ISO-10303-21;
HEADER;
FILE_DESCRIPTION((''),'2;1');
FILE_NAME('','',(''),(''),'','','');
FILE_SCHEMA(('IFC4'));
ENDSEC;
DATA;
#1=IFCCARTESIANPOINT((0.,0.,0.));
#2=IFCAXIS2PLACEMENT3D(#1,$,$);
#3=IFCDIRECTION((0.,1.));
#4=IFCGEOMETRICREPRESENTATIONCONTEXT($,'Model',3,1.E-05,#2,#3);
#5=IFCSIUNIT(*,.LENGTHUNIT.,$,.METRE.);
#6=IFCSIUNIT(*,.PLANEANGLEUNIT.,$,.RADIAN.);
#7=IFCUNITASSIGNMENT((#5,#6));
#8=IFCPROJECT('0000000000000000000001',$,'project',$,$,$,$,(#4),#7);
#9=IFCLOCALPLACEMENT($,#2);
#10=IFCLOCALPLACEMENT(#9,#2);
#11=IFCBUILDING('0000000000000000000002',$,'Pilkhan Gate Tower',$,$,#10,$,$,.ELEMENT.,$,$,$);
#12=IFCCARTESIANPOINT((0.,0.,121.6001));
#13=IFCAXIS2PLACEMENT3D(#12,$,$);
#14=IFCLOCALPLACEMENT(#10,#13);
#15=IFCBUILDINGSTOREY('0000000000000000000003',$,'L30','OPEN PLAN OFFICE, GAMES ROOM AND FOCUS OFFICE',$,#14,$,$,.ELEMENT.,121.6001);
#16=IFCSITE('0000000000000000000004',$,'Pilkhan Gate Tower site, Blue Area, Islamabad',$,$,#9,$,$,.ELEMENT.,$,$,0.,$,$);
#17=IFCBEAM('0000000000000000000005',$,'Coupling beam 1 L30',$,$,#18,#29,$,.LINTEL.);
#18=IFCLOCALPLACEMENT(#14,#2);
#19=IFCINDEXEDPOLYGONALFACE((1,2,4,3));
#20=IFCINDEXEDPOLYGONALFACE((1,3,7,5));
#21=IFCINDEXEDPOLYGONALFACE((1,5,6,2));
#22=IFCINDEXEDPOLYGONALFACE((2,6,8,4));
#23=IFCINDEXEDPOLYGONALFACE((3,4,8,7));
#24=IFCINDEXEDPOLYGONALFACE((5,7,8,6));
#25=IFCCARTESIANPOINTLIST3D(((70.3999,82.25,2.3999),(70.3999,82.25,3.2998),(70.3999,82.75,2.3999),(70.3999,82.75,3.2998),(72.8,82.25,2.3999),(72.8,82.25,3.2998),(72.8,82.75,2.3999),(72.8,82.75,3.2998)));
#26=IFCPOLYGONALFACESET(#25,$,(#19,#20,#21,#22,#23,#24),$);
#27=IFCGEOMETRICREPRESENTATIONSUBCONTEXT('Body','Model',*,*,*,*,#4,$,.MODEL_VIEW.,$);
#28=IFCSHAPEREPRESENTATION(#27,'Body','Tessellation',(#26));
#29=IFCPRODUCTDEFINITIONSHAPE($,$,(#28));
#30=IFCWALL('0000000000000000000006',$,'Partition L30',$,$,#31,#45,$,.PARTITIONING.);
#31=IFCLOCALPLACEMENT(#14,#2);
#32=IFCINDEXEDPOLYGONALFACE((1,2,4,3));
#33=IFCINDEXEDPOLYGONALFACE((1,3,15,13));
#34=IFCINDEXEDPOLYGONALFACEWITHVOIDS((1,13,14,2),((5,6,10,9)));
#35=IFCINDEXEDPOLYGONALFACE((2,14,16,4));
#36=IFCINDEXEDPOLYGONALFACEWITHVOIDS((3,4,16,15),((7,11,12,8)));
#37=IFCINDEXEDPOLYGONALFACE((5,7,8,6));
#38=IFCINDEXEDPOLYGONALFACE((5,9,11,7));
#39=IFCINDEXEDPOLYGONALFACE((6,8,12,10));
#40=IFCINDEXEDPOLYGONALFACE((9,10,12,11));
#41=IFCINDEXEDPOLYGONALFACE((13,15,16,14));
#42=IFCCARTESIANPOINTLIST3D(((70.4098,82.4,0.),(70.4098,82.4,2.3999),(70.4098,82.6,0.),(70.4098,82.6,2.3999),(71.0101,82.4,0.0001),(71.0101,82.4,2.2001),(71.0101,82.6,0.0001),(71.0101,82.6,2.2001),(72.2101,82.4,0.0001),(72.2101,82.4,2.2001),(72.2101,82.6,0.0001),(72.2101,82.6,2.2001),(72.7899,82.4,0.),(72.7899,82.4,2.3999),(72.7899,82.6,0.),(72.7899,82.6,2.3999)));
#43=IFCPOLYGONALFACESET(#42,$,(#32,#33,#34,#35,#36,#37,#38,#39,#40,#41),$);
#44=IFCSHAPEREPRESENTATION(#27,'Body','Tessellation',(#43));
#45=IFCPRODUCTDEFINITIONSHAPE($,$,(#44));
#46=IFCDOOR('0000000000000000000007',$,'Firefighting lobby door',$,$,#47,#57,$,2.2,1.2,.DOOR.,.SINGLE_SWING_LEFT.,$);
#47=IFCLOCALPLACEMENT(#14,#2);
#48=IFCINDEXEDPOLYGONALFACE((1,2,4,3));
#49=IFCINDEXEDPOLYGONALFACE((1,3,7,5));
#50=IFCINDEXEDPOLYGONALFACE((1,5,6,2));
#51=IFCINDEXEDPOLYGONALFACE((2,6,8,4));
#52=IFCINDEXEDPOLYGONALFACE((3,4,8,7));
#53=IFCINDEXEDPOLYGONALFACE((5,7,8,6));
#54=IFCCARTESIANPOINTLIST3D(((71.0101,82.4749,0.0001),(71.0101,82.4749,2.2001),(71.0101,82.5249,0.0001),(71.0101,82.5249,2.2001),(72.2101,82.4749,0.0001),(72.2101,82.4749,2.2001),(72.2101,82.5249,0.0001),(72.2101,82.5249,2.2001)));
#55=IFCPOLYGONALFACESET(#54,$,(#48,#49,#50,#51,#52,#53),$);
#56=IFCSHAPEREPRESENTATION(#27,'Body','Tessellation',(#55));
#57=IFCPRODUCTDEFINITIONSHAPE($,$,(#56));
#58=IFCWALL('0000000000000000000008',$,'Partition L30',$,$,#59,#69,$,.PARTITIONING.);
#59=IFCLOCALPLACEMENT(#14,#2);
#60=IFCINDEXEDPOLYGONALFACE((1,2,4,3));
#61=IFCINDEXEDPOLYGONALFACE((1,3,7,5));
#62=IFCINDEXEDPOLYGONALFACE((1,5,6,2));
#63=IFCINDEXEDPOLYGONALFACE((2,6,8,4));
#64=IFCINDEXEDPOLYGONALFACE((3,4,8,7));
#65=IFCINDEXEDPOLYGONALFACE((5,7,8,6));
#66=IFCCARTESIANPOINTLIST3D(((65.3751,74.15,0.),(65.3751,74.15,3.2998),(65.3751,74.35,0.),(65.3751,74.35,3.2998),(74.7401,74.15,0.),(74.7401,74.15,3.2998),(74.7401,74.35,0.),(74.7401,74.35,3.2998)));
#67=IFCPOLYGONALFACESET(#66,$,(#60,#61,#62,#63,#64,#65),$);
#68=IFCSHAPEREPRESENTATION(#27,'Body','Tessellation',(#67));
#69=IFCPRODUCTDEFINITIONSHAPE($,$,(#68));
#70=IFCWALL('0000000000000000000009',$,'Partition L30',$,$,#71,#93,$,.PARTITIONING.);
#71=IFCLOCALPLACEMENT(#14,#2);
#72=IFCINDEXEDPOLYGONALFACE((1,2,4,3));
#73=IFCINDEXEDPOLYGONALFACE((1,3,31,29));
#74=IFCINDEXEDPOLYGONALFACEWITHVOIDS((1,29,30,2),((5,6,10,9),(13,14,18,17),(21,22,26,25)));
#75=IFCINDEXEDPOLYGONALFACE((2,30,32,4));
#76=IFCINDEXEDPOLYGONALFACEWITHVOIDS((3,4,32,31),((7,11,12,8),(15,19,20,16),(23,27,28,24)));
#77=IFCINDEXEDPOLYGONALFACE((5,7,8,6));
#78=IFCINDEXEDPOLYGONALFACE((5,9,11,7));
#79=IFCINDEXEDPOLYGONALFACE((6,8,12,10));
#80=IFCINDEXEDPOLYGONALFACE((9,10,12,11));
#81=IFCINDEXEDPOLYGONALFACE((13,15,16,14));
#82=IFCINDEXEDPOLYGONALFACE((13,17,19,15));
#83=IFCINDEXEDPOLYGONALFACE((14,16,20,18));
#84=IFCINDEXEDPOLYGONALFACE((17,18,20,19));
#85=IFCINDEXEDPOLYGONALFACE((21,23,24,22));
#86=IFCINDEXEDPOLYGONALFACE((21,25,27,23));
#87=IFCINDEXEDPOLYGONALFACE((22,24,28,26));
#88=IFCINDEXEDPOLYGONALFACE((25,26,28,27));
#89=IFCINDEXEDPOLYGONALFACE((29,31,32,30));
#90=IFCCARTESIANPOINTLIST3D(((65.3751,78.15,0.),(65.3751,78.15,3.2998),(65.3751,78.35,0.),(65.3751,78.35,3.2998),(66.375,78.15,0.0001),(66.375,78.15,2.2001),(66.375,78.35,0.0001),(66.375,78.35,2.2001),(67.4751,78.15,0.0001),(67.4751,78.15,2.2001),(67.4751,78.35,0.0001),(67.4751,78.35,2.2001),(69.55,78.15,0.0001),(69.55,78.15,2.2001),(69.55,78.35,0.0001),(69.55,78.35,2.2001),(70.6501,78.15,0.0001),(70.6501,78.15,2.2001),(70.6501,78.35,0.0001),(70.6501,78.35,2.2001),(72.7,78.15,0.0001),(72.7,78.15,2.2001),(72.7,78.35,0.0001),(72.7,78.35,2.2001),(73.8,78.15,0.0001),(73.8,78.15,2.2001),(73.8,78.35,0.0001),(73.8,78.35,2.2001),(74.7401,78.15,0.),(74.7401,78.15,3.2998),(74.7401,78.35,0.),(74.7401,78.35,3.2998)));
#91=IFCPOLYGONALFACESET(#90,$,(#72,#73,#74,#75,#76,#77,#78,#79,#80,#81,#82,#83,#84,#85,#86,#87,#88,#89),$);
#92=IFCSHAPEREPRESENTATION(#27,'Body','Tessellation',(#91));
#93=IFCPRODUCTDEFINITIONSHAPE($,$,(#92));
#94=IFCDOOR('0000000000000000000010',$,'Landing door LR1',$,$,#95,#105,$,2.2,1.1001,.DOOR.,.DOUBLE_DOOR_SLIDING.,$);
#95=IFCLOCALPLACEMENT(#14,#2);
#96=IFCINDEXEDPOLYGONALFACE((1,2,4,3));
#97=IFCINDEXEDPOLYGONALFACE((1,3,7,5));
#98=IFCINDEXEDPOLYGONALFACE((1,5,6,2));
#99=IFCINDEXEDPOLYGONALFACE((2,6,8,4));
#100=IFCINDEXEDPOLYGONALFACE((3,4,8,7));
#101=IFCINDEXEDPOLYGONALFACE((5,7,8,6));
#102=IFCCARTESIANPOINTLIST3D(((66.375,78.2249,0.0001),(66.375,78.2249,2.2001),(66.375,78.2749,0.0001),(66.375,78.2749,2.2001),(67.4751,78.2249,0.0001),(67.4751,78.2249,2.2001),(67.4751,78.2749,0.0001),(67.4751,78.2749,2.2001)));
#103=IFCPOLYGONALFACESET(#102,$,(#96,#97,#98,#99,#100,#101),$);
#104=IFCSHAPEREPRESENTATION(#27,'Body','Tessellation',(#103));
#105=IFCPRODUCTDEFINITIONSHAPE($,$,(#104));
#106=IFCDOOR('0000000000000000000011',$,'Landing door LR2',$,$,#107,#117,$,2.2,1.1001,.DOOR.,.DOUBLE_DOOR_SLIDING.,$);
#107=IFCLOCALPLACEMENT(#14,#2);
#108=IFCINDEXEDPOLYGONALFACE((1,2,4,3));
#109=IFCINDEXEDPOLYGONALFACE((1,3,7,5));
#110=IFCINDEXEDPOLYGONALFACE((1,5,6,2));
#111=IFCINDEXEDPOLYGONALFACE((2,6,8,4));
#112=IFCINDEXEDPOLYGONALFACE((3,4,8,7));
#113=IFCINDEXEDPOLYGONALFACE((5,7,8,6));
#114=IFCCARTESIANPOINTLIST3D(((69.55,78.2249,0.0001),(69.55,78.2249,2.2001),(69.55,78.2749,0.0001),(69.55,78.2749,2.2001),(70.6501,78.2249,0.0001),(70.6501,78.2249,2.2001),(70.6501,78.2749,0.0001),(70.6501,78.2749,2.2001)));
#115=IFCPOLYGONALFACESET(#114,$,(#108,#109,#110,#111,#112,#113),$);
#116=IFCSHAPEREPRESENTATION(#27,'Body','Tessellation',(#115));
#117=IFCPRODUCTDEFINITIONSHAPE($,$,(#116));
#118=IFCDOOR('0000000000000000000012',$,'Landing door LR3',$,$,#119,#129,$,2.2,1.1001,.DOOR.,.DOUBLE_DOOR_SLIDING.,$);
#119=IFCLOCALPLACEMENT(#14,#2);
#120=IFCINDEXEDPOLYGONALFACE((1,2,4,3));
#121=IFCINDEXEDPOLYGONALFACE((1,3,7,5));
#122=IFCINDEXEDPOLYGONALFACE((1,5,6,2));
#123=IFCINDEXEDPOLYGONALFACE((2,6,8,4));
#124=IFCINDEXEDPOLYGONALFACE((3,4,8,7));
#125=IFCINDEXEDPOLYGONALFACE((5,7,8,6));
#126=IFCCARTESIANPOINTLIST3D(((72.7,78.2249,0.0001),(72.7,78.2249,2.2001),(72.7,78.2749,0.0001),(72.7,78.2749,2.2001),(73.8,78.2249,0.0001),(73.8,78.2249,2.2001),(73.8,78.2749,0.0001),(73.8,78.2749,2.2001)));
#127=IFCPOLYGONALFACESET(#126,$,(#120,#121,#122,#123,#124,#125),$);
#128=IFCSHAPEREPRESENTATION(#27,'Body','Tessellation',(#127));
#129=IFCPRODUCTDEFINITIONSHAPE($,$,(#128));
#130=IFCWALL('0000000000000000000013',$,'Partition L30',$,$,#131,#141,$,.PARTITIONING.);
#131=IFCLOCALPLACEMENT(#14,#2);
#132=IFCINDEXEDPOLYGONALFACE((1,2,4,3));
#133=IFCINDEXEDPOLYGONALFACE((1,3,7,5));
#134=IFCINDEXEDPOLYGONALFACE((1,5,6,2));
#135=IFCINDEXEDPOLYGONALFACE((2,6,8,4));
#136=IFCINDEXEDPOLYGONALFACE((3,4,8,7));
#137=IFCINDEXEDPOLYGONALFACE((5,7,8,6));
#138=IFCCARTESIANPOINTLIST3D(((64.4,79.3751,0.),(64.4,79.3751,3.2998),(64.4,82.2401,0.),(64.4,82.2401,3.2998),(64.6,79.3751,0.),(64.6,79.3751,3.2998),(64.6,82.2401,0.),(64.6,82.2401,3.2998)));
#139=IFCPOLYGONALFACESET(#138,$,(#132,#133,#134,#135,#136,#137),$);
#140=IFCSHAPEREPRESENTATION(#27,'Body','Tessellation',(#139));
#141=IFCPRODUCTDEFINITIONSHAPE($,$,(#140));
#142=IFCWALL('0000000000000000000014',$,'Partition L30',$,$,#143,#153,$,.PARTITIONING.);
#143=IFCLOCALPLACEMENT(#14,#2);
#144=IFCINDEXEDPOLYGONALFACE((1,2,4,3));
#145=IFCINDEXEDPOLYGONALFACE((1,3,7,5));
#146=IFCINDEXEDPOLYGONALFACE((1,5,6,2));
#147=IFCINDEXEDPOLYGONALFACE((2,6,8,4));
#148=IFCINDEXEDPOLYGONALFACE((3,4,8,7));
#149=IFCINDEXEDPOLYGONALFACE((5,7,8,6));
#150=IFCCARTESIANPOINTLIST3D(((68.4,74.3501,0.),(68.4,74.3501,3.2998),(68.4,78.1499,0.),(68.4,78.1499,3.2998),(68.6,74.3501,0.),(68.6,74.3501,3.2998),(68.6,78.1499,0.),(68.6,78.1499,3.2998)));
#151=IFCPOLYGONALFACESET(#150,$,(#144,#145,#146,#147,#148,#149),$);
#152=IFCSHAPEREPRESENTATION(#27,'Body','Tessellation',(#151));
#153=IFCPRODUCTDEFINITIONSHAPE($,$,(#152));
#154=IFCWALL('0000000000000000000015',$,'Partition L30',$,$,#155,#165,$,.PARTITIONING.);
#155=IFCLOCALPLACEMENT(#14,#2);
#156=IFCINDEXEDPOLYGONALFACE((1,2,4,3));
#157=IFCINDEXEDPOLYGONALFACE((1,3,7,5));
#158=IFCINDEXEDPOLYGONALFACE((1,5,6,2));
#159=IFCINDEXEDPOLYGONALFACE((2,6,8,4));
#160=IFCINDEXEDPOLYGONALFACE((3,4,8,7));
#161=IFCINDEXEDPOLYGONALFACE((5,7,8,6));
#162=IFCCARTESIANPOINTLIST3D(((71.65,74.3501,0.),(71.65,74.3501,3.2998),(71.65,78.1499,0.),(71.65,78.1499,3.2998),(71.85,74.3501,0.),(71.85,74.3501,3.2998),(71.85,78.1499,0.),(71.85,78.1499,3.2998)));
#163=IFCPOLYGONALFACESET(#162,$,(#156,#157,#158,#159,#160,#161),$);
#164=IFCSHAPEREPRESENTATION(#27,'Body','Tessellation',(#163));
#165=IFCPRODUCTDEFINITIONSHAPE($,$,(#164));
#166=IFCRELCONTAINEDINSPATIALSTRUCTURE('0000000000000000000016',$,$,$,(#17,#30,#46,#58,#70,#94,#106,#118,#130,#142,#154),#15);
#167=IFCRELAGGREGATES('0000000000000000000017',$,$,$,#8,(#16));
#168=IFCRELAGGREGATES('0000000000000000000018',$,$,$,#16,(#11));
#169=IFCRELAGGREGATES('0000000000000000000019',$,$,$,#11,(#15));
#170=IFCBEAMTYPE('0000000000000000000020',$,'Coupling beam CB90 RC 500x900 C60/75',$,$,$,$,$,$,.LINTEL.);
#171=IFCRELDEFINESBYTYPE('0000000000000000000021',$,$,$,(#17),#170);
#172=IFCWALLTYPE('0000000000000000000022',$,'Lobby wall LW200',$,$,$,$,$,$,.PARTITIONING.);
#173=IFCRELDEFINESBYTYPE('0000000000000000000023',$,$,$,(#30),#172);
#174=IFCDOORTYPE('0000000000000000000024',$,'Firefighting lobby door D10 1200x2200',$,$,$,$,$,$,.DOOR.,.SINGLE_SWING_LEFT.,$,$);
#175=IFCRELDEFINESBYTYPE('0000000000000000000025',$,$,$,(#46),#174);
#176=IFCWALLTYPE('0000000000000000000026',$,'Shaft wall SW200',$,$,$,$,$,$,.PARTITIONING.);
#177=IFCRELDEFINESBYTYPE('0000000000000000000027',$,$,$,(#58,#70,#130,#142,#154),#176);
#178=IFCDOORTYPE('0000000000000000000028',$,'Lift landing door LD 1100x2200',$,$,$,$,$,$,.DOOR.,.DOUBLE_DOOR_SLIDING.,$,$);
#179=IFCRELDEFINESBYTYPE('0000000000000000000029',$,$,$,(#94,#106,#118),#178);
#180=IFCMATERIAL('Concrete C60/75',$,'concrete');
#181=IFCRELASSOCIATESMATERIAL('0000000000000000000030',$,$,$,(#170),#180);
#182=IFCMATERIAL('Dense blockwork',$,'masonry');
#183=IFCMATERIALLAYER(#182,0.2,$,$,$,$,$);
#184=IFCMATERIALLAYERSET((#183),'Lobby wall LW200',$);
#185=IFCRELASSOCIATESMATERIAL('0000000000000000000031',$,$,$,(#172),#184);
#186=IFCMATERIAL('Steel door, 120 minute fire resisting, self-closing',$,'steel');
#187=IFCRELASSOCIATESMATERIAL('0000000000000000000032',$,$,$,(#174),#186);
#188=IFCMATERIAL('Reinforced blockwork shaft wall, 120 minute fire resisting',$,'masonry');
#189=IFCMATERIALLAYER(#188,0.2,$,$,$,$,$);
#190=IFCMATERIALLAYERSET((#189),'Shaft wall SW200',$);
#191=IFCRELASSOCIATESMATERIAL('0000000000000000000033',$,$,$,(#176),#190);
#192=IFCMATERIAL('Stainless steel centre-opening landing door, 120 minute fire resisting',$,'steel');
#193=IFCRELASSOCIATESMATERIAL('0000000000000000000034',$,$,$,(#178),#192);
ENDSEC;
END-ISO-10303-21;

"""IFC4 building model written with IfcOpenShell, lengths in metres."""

from ifc_helpers import new_model, si_unit, direction, frame, frame_2d, origin, origin_2d, place, context, subcontext, project, spatial, rectangle, extrude, material, layer, layer_set, material_profile, profile_set, type_object, element, fill, save


model = new_model("IFC4")

# Units and contexts
model_context = context("Model", 3, precision=1e-05, world=origin(), true_north=direction((0.0, 1.0)))
body_context = subcontext(model_context, "Body", "Model", "MODEL_VIEW")
ifc_project = project(units=[si_unit("LENGTHUNIT", "METRE"), si_unit("PLANEANGLEUNIT", "RADIAN")], contexts=[model_context])

# Site, building, storey
site_placement = place(None, origin())
site = spatial("IfcSite", under=ifc_project, at=site_placement, Name="Pilkhan Gate Tower site, Blue Area, Islamabad", CompositionType="ELEMENT", RefElevation=0.0)
building_placement = place(site_placement, origin())
building = spatial("IfcBuilding", under=site, at=building_placement, Name="Pilkhan Gate Tower", CompositionType="ELEMENT")
storey_placement = place(building_placement, frame((0.0, 0.0, 121.6001)))
storey = spatial("IfcBuildingStorey", under=building, at=storey_placement, Name="L30", Description="OPEN PLAN OFFICE, GAMES ROOM AND FOCUS OFFICE", CompositionType="ELEMENT", Elevation=121.6001)

# Beam
ifc_material_1 = material(Name="Concrete C60/75", Category="concrete")
ifc_material_profile = material_profile(ifc_material_1, rectangle(XDim=0.5, YDim=0.8999, at=origin_2d()), Name="RC 500x900")
ifc_profile_set = profile_set([ifc_material_profile], Name="Concrete C60/75")
beam_type = type_object("IfcBeamType", Name="Coupling beam CB90 RC 500x900 C60/75", PredefinedType="LINTEL", material=ifc_profile_set)
beam_placement = place(storey_placement, frame((70.3999, 82.5, 2.8499), z_axis=(1.0, 0.0, 0.0), x_axis=(0.0, 1.0, 0.0)))
element("IfcBeam", 1, at=beam_placement, inside=storey, type_object=beam_type, Name="Coupling beam 1 L30", PredefinedType="LINTEL", context=body_context, shape_type="SweptSolid", body=[
    extrude(rectangle(XDim=0.5, YDim=0.8999, at=origin_2d()), origin(), (0.0, 0.0, 1.0), 2.4001),
])

# Wall, opening, door
ifc_material_2 = material(Name="Dense blockwork", Category="masonry")
ifc_layer_1 = layer(ifc_material_2, 0.2)
ifc_layer_set_1 = layer_set([ifc_layer_1], Name="Lobby wall LW200")
wall_type_1 = type_object("IfcWallType", Name="Lobby wall LW200", PredefinedType="PARTITIONING", material=ifc_layer_set_1)
wall_1_placement = place(storey_placement, frame((70.4099, 82.5, 0.0), z_axis=(0.0, 0.0, 1.0), x_axis=(1.0, 0.0, 0.0)))
wall_1 = element("IfcWall", 2, at=wall_1_placement, inside=storey, type_object=wall_type_1, Name="Partition L30", PredefinedType="PARTITIONING", context=body_context, shape_type="SweptSolid", body=[
    extrude(rectangle(XDim=2.3801, YDim=0.2, at=frame_2d((1.1899, 0.0))), origin(), (0.0, 0.0, 1.0), 2.3999),
])
opening_1_placement = place(wall_1_placement, frame((0.6001, 0.0, 0.0)))
opening_1 = element("IfcOpeningElement", 3, at=opening_1_placement, cuts=wall_1, PredefinedType="OPENING", context=body_context, shape_type="SweptSolid", body=[
    extrude(rectangle(XDim=1.2, YDim=2.2, at=frame_2d((0.6001, 1.1001))), frame((0.0, 0.1099, 0.0), z_axis=(0.0, -1.0, 0.0), x_axis=(1.0, 0.0, 0.0)), (0.0, 0.0, 1.0), 0.22),
])
ifc_material_3 = material(Name="Steel door, 120 minute fire resisting, self-closing", Category="steel")
door_type_1 = type_object("IfcDoorType", Name="Firefighting lobby door D10 1200x2200", OperationType="SINGLE_SWING_LEFT", PredefinedType="DOOR", material=ifc_material_3)
door_1_placement = place(opening_1_placement, origin())
door_1 = element("IfcDoor", 4, at=door_1_placement, inside=storey, type_object=door_type_1, Name="Firefighting lobby door", OperationType="SINGLE_SWING_LEFT", OverallHeight=2.2, OverallWidth=1.2, PredefinedType="DOOR", context=body_context, shape_type="SweptSolid", body=[
    extrude(rectangle(XDim=1.2, YDim=2.2, at=frame_2d((0.6001, 1.1001))), frame((0.0, 0.0249, 0.0), z_axis=(0.0, -1.0, 0.0), x_axis=(1.0, 0.0, 0.0)), (0.0, 0.0, 1.0), 0.05),
])
fill(opening_1, door_1)

# Wall
ifc_material_4 = material(Name="Reinforced blockwork shaft wall, 120 minute fire resisting", Category="masonry")
ifc_layer_2 = layer(ifc_material_4, 0.2)
ifc_layer_set_2 = layer_set([ifc_layer_2], Name="Shaft wall SW200")
wall_type_2 = type_object("IfcWallType", Name="Shaft wall SW200", PredefinedType="PARTITIONING", material=ifc_layer_set_2)
wall_2_placement = place(storey_placement, frame((65.375, 74.25, 0.0), z_axis=(0.0, 0.0, 1.0), x_axis=(1.0, 0.0, 0.0)))
element("IfcWall", 5, at=wall_2_placement, inside=storey, type_object=wall_type_2, Name="Partition L30", PredefinedType="PARTITIONING", context=body_context, shape_type="SweptSolid", body=[
    extrude(rectangle(XDim=9.365, YDim=0.2, at=frame_2d((4.6826, 0.0))), origin(), (0.0, 0.0, 1.0), 3.2998),
])

# Wall, openings, doors
wall_3_placement = place(storey_placement, frame((65.375, 78.25, 0.0), z_axis=(0.0, 0.0, 1.0), x_axis=(1.0, 0.0, 0.0)))
wall_3 = element("IfcWall", 6, at=wall_3_placement, inside=storey, type_object=wall_type_2, Name="Partition L30", PredefinedType="PARTITIONING", context=body_context, shape_type="SweptSolid", body=[
    extrude(rectangle(XDim=9.365, YDim=0.2, at=frame_2d((4.6826, 0.0))), origin(), (0.0, 0.0, 1.0), 3.2998),
])
opening_2_placement = place(wall_3_placement, frame((1.0, 0.0, 0.0)))
opening_2 = element("IfcOpeningElement", 7, at=opening_2_placement, cuts=wall_3, PredefinedType="OPENING", context=body_context, shape_type="SweptSolid", body=[
    extrude(rectangle(XDim=1.1001, YDim=2.2, at=frame_2d((0.55, 1.1001))), frame((0.0, 0.1099, 0.0), z_axis=(0.0, -1.0, 0.0), x_axis=(1.0, 0.0, 0.0)), (0.0, 0.0, 1.0), 0.22),
])
opening_3_placement = place(wall_3_placement, frame((4.175, 0.0, 0.0)))
opening_3 = element("IfcOpeningElement", 8, at=opening_3_placement, cuts=wall_3, PredefinedType="OPENING", context=body_context, shape_type="SweptSolid", body=[
    extrude(rectangle(XDim=1.1001, YDim=2.2, at=frame_2d((0.55, 1.1001))), frame((0.0, 0.1099, 0.0), z_axis=(0.0, -1.0, 0.0), x_axis=(1.0, 0.0, 0.0)), (0.0, 0.0, 1.0), 0.22),
])
opening_4_placement = place(wall_3_placement, frame((7.325, 0.0, 0.0)))
opening_4 = element("IfcOpeningElement", 9, at=opening_4_placement, cuts=wall_3, PredefinedType="OPENING", context=body_context, shape_type="SweptSolid", body=[
    extrude(rectangle(XDim=1.1001, YDim=2.2, at=frame_2d((0.55, 1.1001))), frame((0.0, 0.1099, 0.0), z_axis=(0.0, -1.0, 0.0), x_axis=(1.0, 0.0, 0.0)), (0.0, 0.0, 1.0), 0.22),
])
ifc_material_5 = material(Name="Stainless steel centre-opening landing door, 120 minute fire resisting", Category="steel")
door_type_2 = type_object("IfcDoorType", Name="Lift landing door LD 1100x2200", OperationType="DOUBLE_DOOR_SLIDING", PredefinedType="DOOR", material=ifc_material_5)
door_2_placement = place(opening_2_placement, origin())
door_2 = element("IfcDoor", 10, at=door_2_placement, inside=storey, type_object=door_type_2, Name="Landing door LR1", OperationType="DOUBLE_DOOR_SLIDING", OverallHeight=2.2, OverallWidth=1.1001, PredefinedType="DOOR", context=body_context, shape_type="SweptSolid", body=[
    extrude(rectangle(XDim=1.1001, YDim=2.2, at=frame_2d((0.55, 1.1001))), frame((0.0, 0.0249, 0.0), z_axis=(0.0, -1.0, 0.0), x_axis=(1.0, 0.0, 0.0)), (0.0, 0.0, 1.0), 0.05),
])
fill(opening_2, door_2)
door_3_placement = place(opening_3_placement, origin())
door_3 = element("IfcDoor", 11, at=door_3_placement, inside=storey, type_object=door_type_2, Name="Landing door LR2", OperationType="DOUBLE_DOOR_SLIDING", OverallHeight=2.2, OverallWidth=1.1001, PredefinedType="DOOR", context=body_context, shape_type="SweptSolid", body=[
    extrude(rectangle(XDim=1.1001, YDim=2.2, at=frame_2d((0.55, 1.1001))), frame((0.0, 0.0249, 0.0), z_axis=(0.0, -1.0, 0.0), x_axis=(1.0, 0.0, 0.0)), (0.0, 0.0, 1.0), 0.05),
])
fill(opening_3, door_3)
door_4_placement = place(opening_4_placement, origin())
door_4 = element("IfcDoor", 12, at=door_4_placement, inside=storey, type_object=door_type_2, Name="Landing door LR3", OperationType="DOUBLE_DOOR_SLIDING", OverallHeight=2.2, OverallWidth=1.1001, PredefinedType="DOOR", context=body_context, shape_type="SweptSolid", body=[
    extrude(rectangle(XDim=1.1001, YDim=2.2, at=frame_2d((0.55, 1.1001))), frame((0.0, 0.0249, 0.0), z_axis=(0.0, -1.0, 0.0), x_axis=(1.0, 0.0, 0.0)), (0.0, 0.0, 1.0), 0.05),
])
fill(opening_4, door_4)

# Walls
wall_4_placement = place(storey_placement, frame((64.5, 79.375, 0.0), z_axis=(0.0, 0.0, 1.0), x_axis=(0.0, 1.0, 0.0)))
element("IfcWall", 13, at=wall_4_placement, inside=storey, type_object=wall_type_2, Name="Partition L30", PredefinedType="PARTITIONING", context=body_context, shape_type="SweptSolid", body=[
    extrude(rectangle(XDim=2.865, YDim=0.2, at=frame_2d((1.4326, 0.0))), origin(), (0.0, 0.0, 1.0), 3.2998),
])
for number, where, z_axis, x_axis, name in (
    (14, (68.5, 74.3501, 0.0), (0.0, 0.0, 1.0), (0.0, 1.0, 0.0), "Partition L30"),
    (15, (71.75, 74.3501, 0.0), (0.0, 0.0, 1.0), (0.0, 1.0, 0.0), "Partition L30"),
):
    element("IfcWall", number, at=place(storey_placement, frame(where, z_axis=z_axis, x_axis=x_axis)), inside=storey, type_object=wall_type_2, Name=name, PredefinedType="PARTITIONING", context=body_context, shape_type="SweptSolid", body=[
        extrude(rectangle(XDim=3.7998, YDim=0.2, at=frame_2d((1.8999, 0.0))), origin(), (0.0, 0.0, 1.0), 3.2998),
    ])

save(model, "model.ifc")
